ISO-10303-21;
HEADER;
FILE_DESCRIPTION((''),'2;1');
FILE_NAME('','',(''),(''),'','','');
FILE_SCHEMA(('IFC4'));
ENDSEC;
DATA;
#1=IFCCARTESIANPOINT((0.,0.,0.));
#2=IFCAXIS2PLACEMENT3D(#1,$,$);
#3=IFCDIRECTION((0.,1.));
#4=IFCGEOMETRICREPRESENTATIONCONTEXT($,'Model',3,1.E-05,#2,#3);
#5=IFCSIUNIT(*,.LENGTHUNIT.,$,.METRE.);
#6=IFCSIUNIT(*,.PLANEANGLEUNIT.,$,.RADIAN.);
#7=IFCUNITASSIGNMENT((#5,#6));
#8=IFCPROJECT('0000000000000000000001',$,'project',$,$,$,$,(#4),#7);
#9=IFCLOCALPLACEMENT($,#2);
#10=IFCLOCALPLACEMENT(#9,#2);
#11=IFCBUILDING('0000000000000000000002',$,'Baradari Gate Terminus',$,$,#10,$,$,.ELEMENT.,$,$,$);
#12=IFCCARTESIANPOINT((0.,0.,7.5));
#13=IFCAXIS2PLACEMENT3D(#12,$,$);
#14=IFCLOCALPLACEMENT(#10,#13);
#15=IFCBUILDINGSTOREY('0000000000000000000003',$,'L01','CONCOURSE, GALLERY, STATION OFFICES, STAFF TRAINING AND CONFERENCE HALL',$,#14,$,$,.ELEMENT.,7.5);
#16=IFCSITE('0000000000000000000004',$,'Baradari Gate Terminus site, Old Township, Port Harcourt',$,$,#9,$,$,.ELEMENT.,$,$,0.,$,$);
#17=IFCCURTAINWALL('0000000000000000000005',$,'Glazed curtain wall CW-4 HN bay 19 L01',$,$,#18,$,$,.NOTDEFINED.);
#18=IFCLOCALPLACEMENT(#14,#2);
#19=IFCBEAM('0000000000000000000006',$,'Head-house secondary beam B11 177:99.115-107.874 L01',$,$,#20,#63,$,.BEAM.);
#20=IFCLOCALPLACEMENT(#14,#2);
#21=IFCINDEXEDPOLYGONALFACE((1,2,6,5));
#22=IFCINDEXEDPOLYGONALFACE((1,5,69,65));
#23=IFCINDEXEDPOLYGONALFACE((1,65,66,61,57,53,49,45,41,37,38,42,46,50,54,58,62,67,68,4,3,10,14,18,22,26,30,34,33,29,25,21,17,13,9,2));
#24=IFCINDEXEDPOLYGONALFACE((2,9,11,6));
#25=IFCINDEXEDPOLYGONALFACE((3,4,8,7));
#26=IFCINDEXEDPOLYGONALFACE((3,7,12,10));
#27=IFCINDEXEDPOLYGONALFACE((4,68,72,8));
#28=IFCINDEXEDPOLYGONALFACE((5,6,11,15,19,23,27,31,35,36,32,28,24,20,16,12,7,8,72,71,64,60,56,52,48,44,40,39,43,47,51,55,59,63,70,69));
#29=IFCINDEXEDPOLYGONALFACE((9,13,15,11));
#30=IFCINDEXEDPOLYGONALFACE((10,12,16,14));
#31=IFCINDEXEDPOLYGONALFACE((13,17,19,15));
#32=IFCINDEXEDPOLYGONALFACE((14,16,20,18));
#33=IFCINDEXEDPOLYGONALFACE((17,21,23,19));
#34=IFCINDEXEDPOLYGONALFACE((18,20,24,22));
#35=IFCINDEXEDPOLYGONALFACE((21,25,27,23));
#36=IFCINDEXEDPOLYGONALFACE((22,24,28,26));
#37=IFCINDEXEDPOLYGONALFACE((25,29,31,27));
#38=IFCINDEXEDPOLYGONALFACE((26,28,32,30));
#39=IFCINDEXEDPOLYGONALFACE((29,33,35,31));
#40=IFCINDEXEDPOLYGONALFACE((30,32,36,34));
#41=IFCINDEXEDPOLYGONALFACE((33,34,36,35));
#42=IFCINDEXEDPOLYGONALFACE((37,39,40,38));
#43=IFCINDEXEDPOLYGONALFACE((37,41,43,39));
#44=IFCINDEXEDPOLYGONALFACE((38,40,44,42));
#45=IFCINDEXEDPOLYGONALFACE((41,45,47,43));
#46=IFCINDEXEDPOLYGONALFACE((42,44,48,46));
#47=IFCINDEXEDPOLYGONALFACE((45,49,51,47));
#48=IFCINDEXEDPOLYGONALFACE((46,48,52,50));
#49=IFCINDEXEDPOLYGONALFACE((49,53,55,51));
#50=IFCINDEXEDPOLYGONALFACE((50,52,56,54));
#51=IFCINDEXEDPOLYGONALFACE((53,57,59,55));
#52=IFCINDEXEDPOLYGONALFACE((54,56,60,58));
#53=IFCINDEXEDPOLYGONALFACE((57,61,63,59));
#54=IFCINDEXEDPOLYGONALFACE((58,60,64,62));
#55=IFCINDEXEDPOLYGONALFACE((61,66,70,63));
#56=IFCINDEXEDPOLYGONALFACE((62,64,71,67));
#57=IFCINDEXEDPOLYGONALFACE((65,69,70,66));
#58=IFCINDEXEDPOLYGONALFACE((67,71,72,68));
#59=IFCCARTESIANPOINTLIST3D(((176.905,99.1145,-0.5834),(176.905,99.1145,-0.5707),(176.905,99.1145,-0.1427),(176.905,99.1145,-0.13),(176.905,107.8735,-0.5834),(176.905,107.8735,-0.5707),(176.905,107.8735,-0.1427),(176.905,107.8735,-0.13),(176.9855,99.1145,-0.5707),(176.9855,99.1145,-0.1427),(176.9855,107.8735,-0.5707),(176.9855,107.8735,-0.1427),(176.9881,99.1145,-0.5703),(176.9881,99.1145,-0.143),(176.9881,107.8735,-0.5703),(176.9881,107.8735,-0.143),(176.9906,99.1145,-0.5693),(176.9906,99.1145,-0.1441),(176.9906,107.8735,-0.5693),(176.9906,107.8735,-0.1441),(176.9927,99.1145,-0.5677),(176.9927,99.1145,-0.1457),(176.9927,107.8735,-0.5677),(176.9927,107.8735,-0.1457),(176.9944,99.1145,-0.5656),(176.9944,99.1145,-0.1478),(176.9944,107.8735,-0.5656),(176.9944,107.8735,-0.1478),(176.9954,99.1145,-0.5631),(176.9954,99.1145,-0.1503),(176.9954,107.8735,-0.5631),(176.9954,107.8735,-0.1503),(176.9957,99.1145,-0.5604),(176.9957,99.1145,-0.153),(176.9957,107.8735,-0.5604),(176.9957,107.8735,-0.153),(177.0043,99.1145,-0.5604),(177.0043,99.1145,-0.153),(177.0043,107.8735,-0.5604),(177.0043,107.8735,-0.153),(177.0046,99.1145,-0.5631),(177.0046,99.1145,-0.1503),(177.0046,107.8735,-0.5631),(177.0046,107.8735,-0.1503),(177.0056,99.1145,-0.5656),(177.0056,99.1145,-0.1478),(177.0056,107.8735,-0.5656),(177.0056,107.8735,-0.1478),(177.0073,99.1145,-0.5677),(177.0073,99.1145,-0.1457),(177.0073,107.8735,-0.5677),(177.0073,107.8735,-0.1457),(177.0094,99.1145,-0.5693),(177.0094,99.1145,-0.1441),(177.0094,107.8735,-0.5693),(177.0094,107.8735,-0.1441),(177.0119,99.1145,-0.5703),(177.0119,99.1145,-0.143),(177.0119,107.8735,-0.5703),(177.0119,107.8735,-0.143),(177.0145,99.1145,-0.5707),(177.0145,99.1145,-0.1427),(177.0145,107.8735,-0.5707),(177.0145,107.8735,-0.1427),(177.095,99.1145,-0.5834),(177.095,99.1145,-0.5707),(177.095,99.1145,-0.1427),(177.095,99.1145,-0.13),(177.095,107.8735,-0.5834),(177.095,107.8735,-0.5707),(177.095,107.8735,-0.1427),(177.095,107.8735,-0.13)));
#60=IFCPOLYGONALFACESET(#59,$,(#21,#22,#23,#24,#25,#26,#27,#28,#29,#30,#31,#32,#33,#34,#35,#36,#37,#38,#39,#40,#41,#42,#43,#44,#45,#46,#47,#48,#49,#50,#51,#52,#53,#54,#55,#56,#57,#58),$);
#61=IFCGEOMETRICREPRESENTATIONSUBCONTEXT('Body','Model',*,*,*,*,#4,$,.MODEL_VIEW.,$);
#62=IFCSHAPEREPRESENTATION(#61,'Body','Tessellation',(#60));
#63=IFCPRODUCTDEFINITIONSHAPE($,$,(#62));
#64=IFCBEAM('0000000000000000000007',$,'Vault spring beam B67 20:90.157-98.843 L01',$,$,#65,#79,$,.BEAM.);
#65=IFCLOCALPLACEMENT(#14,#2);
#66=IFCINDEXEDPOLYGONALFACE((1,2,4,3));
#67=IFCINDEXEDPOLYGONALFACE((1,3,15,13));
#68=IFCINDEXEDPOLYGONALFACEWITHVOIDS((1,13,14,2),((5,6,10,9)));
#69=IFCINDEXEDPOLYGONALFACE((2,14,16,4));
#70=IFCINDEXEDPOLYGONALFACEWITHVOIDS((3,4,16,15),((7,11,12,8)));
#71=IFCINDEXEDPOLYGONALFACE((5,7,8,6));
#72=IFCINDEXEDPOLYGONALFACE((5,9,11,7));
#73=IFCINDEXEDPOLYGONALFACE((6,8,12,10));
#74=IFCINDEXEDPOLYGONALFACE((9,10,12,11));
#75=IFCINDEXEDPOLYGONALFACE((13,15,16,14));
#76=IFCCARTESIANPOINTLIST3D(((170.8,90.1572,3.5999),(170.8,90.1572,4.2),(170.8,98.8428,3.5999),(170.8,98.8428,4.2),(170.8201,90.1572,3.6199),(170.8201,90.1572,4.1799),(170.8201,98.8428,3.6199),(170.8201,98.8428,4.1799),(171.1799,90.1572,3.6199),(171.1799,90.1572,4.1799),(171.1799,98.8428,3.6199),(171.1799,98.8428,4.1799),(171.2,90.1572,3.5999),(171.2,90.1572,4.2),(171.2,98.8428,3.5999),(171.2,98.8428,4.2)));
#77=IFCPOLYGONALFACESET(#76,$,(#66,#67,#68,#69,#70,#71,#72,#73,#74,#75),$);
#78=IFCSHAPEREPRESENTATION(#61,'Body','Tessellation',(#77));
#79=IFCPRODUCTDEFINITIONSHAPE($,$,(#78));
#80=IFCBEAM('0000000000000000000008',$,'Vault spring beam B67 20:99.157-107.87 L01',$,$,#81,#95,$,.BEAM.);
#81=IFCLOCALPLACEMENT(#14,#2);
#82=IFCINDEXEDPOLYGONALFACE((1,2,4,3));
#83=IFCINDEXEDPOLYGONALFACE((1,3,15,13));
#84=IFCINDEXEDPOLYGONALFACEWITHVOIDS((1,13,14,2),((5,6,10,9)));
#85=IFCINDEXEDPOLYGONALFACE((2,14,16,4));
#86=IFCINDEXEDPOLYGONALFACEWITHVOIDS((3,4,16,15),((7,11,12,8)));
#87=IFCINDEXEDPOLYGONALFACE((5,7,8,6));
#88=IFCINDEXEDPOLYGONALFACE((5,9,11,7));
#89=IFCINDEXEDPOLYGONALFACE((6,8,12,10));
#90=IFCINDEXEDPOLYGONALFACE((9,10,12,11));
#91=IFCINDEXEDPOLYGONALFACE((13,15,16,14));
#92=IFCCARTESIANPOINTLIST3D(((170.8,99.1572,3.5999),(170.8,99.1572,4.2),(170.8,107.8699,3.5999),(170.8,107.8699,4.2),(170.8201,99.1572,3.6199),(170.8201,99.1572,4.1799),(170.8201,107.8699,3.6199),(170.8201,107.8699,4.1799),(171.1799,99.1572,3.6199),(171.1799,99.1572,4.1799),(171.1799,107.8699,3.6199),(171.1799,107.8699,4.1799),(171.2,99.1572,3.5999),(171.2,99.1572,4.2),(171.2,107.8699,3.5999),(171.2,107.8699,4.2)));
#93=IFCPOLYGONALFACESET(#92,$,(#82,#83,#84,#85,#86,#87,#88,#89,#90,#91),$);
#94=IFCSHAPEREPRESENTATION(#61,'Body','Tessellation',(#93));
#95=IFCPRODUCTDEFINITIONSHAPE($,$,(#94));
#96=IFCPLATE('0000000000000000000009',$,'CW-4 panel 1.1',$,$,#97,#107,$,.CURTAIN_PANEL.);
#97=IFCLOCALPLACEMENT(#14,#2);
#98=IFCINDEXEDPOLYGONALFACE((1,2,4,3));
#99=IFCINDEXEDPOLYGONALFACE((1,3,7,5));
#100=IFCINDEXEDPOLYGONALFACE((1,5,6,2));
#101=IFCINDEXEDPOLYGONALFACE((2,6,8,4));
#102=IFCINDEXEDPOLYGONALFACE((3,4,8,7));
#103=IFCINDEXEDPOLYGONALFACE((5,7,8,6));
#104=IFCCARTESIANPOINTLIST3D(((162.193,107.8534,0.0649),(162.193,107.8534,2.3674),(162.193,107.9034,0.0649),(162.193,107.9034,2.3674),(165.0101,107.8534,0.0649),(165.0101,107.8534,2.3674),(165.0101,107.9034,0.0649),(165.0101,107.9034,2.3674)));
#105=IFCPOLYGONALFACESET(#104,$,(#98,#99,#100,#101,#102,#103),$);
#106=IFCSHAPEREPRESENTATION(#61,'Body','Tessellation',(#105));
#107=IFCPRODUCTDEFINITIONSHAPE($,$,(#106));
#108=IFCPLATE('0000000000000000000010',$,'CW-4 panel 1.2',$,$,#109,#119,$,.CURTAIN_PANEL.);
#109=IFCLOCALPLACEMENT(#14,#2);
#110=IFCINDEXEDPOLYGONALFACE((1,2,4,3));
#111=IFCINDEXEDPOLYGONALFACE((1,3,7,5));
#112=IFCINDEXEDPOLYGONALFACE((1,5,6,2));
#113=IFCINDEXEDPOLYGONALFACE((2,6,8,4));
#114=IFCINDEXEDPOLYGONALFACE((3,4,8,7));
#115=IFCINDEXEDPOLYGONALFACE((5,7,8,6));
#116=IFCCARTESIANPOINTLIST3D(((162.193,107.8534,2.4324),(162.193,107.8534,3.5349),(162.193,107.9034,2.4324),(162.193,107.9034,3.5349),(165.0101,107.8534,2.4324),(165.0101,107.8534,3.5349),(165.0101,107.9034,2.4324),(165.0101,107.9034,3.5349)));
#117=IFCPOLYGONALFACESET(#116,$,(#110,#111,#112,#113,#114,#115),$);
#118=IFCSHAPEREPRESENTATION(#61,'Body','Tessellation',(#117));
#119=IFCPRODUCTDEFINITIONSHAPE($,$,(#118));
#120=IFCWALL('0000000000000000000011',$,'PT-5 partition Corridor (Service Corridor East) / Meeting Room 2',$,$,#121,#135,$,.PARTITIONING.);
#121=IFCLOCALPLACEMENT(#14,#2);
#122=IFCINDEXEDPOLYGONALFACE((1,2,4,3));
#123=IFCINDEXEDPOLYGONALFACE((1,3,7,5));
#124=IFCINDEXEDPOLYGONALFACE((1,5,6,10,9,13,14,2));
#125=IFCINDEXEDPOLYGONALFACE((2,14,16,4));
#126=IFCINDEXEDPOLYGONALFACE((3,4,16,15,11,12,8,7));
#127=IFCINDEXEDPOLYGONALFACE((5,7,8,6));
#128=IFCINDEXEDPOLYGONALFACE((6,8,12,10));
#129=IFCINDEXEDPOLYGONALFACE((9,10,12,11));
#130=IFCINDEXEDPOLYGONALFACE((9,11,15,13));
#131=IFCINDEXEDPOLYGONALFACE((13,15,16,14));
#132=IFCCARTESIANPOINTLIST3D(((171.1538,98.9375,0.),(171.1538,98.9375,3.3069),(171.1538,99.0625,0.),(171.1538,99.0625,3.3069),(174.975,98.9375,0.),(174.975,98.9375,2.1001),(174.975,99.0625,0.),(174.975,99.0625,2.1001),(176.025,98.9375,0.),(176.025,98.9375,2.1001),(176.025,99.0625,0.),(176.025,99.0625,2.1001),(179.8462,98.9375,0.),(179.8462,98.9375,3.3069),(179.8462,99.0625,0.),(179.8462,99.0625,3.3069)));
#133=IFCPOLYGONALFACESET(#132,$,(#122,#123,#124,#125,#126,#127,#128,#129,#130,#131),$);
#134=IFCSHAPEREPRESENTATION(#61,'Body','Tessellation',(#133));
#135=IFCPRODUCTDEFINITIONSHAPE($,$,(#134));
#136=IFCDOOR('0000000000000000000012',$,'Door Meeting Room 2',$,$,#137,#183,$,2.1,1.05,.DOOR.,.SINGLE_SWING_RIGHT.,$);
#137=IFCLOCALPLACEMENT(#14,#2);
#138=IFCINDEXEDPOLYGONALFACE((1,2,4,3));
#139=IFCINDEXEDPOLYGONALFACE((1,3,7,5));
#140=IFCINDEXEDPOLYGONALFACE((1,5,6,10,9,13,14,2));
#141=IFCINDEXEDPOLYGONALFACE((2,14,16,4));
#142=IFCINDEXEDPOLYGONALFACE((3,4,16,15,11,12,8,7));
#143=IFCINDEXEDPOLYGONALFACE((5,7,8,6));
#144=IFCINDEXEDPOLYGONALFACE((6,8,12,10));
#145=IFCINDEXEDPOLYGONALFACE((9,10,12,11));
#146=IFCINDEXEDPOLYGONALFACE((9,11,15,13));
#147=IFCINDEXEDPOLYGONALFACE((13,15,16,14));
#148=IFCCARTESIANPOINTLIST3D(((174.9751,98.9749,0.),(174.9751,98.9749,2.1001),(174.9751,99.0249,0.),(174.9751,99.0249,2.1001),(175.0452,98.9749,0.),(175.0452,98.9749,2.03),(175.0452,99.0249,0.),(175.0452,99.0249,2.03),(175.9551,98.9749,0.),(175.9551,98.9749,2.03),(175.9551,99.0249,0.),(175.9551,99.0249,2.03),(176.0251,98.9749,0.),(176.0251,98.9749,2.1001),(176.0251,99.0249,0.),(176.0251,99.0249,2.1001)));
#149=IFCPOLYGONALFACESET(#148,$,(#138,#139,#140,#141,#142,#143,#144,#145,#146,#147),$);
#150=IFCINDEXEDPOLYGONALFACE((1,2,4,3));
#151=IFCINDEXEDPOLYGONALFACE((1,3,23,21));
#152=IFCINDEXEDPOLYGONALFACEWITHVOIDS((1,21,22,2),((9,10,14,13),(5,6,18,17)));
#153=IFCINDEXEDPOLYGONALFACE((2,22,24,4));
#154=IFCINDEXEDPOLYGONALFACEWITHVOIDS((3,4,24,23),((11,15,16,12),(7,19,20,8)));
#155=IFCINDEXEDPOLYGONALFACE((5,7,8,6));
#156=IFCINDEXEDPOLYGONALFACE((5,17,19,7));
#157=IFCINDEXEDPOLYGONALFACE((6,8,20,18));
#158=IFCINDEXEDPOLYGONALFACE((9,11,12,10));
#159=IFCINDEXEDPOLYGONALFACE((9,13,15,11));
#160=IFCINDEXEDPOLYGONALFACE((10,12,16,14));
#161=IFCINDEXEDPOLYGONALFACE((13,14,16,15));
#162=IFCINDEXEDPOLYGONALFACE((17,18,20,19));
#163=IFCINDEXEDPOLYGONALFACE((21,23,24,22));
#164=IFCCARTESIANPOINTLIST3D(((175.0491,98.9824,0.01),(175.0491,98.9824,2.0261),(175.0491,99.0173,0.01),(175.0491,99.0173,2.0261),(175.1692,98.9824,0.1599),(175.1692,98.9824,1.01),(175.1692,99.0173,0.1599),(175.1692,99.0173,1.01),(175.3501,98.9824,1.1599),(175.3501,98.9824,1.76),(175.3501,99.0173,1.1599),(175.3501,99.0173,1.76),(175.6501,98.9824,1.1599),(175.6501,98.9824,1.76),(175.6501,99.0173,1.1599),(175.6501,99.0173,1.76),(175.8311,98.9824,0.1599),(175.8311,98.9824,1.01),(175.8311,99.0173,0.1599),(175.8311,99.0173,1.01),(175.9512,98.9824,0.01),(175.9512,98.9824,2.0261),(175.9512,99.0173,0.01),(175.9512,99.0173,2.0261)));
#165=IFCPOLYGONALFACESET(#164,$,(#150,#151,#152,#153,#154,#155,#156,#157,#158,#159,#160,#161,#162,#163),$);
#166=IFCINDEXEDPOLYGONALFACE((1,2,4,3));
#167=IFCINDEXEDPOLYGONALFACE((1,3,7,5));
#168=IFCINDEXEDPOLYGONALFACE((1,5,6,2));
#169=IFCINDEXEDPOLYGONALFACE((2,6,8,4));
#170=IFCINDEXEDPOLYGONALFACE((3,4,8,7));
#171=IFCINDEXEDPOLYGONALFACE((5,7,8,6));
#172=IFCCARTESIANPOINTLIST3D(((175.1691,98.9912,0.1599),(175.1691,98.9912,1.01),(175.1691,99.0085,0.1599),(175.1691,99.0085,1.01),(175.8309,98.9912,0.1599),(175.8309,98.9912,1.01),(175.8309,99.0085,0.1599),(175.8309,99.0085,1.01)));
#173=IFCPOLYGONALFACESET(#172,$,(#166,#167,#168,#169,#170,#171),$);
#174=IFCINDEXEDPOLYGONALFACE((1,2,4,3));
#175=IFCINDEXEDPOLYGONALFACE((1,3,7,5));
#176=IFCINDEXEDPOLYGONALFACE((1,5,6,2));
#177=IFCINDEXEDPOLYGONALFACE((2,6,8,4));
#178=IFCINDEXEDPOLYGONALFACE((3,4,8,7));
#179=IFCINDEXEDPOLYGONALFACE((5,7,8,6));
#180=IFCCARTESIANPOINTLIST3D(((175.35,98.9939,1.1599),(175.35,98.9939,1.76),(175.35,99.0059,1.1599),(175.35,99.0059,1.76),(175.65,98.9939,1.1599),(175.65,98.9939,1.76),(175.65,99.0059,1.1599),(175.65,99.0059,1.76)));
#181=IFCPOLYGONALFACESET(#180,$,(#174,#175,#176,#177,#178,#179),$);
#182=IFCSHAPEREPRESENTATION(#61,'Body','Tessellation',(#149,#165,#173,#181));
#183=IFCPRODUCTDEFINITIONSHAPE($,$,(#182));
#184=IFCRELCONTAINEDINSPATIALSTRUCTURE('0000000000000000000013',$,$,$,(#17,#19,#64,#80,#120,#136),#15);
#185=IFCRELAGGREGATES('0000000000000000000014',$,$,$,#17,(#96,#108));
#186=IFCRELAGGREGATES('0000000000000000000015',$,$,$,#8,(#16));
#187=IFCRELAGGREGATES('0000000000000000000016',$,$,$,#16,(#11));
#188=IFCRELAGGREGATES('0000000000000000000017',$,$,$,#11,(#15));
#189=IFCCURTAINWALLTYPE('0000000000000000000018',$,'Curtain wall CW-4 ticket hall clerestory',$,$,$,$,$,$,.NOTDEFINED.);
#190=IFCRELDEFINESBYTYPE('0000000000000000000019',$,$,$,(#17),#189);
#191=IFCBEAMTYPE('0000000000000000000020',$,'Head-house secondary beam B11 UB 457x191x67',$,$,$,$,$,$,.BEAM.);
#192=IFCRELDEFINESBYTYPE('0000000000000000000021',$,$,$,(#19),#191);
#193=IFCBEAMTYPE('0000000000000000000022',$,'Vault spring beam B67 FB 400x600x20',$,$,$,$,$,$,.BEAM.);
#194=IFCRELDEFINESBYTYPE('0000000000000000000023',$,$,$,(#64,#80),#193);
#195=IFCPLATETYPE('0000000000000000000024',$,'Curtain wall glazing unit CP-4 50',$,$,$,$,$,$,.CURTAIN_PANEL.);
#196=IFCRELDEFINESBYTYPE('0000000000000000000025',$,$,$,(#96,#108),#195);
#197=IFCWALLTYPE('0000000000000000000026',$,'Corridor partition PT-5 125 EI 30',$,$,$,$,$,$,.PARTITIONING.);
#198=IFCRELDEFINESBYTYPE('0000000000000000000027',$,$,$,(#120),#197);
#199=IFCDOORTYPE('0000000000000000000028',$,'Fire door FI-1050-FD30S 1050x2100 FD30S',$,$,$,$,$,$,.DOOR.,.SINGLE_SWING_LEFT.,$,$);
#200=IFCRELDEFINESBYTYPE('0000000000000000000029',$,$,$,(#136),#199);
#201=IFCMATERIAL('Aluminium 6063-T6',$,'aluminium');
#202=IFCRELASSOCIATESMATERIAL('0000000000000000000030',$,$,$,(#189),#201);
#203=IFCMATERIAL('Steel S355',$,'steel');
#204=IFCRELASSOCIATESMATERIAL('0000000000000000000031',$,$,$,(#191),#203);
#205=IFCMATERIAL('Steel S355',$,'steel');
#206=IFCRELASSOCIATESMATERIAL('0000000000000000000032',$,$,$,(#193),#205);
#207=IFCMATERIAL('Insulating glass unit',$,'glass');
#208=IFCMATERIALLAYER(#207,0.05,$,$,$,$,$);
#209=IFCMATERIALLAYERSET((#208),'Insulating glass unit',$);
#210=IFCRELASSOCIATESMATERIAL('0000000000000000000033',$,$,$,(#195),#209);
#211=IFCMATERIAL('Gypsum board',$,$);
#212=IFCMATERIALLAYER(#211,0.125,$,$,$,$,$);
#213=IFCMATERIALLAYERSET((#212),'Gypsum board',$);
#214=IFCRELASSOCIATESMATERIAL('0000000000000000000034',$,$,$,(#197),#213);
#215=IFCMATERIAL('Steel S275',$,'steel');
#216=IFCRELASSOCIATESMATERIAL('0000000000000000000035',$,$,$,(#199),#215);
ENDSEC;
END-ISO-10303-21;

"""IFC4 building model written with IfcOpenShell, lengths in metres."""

from ifc_helpers import new_model, si_unit, direction, frame, frame_2d, origin, origin_2d, place, context, subcontext, project, spatial, polyline, rectangle, hollow_rectangle, i_section, outline, extrude, material, layer, layer_set, material_profile, profile_set, type_object, element, fill, aggregate, save


model = new_model("IFC4")

# Units and contexts
model_context = context("Model", 3, precision=1e-05, world=origin(), true_north=direction((0.0, 1.0)))
body_context = subcontext(model_context, "Body", "Model", "MODEL_VIEW")
ifc_project = project(units=[si_unit("LENGTHUNIT", "METRE"), si_unit("PLANEANGLEUNIT", "RADIAN")], contexts=[model_context])

# Site, building, storey
site_placement = place(None, origin())
site = spatial("IfcSite", under=ifc_project, at=site_placement, Name="Baradari Gate Terminus site, Old Township, Port Harcourt", CompositionType="ELEMENT", RefElevation=0.0)
building_placement = place(site_placement, origin())
building = spatial("IfcBuilding", under=site, at=building_placement, Name="Baradari Gate Terminus", CompositionType="ELEMENT")
storey_placement = place(building_placement, frame((0.0, 0.0, 7.5)))
storey = spatial("IfcBuildingStorey", under=building, at=storey_placement, Name="L01", Description="CONCOURSE, GALLERY, STATION OFFICES, STAFF TRAINING AND CONFERENCE HALL", CompositionType="ELEMENT", Elevation=7.5)

# Curtain wall
ifc_material_1 = material(Name="Aluminium 6063-T6", Category="aluminium")
curtain_wall_type = type_object("IfcCurtainWallType", Name="Curtain wall CW-4 ticket hall clerestory", PredefinedType="NOTDEFINED", material=ifc_material_1)
curtain_wall_placement = place(storey_placement, origin())
curtain_wall = element("IfcCurtainWall", 1, at=curtain_wall_placement, inside=storey, type_object=curtain_wall_type, Name="Glazed curtain wall CW-4 HN bay 19 L01", PredefinedType="NOTDEFINED")

# Beams
ifc_material_2 = material(Name="Steel S355", Category="steel")
ifc_material_profile_1 = material_profile(ifc_material_2, i_section(OverallWidth=0.1899, OverallDepth=0.4534, WebThickness=0.0085, FlangeThickness=0.0127, FilletRadius=0.0103, at=origin_2d()), Name="UB 457x191x67")
ifc_profile_set_1 = profile_set([ifc_material_profile_1], Name="Steel S355")
beam_type_1 = type_object("IfcBeamType", Name="Head-house secondary beam B11 UB 457x191x67", PredefinedType="BEAM", material=ifc_profile_set_1)
beam_1_placement = place(storey_placement, frame((177.0, 99.1145, -0.3567), z_axis=(0.0, 1.0, 0.0), x_axis=(-1.0, 0.0, 0.0)))
element("IfcBeam", 2, at=beam_1_placement, inside=storey, type_object=beam_type_1, Name="Head-house secondary beam B11 177:99.115-107.874 L01", PredefinedType="BEAM", context=body_context, shape_type="SweptSolid", body=[
    extrude(i_section(OverallWidth=0.1899, OverallDepth=0.4534, WebThickness=0.0085, FlangeThickness=0.0127, FilletRadius=0.0103, at=origin_2d()), origin(), (0.0, 0.0, 1.0), 8.759),
])
ifc_material_3 = material(Name="Steel S355", Category="steel")
ifc_material_profile_2 = material_profile(ifc_material_3, hollow_rectangle(XDim=0.3999, YDim=0.6001, WallThickness=0.02, at=origin_2d()), Name="FB 400x600x20")
ifc_profile_set_2 = profile_set([ifc_material_profile_2], Name="Steel S355")
beam_type_2 = type_object("IfcBeamType", Name="Vault spring beam B67 FB 400x600x20", PredefinedType="BEAM", material=ifc_profile_set_2)
beam_2_placement = place(storey_placement, frame((171.0, 90.1572, 3.8999), z_axis=(0.0, 1.0, 0.0), x_axis=(-1.0, 0.0, 0.0)))
element("IfcBeam", 3, at=beam_2_placement, inside=storey, type_object=beam_type_2, Name="Vault spring beam B67 20:90.157-98.843 L01", PredefinedType="BEAM", context=body_context, shape_type="SweptSolid", body=[
    extrude(hollow_rectangle(XDim=0.3999, YDim=0.6001, WallThickness=0.02, at=origin_2d()), origin(), (0.0, 0.0, 1.0), 8.6855),
])
beam_3_placement = place(storey_placement, frame((171.0, 99.1572, 3.8999), z_axis=(0.0, 1.0, 0.0), x_axis=(-1.0, 0.0, 0.0)))
element("IfcBeam", 4, at=beam_3_placement, inside=storey, type_object=beam_type_2, Name="Vault spring beam B67 20:99.157-107.87 L01", PredefinedType="BEAM", context=body_context, shape_type="SweptSolid", body=[
    extrude(hollow_rectangle(XDim=0.3999, YDim=0.6001, WallThickness=0.02, at=origin_2d()), origin(), (0.0, 0.0, 1.0), 8.7126),
])

# Plates
ifc_material_4 = material(Name="Insulating glass unit", Category="glass")
ifc_layer_1 = layer(ifc_material_4, 0.05)
ifc_layer_set_1 = layer_set([ifc_layer_1], Name="Insulating glass unit")
plate_type = type_object("IfcPlateType", Name="Curtain wall glazing unit CP-4 50", PredefinedType="CURTAIN_PANEL", material=ifc_layer_set_1)
plate_1_placement = place(storey_placement, frame((163.6016, 107.8784, 0.0649), z_axis=(0.0, 0.0, 1.0), x_axis=(1.0, 0.0, 0.0)))
plate_1 = element("IfcPlate", 5, at=plate_1_placement, type_object=plate_type, Name="CW-4 panel 1.1", PredefinedType="CURTAIN_PANEL", context=body_context, shape_type="SweptSolid", body=[
    extrude(rectangle(XDim=2.8171, YDim=0.05, at=origin_2d()), origin(), (0.0, 0.0, 1.0), 2.3025),
])
plate_2_placement = place(storey_placement, frame((163.6016, 107.8784, 2.4324), z_axis=(0.0, 0.0, 1.0), x_axis=(1.0, 0.0, 0.0)))
plate_2 = element("IfcPlate", 6, at=plate_2_placement, type_object=plate_type, Name="CW-4 panel 1.2", PredefinedType="CURTAIN_PANEL", context=body_context, shape_type="SweptSolid", body=[
    extrude(rectangle(XDim=2.8171, YDim=0.05, at=origin_2d()), origin(), (0.0, 0.0, 1.0), 1.1025),
])
aggregate(curtain_wall, [plate_1, plate_2])

# Wall, opening, door
ifc_material_5 = material(Name="Gypsum board")
ifc_layer_2 = layer(ifc_material_5, 0.125)
ifc_layer_set_2 = layer_set([ifc_layer_2], Name="Gypsum board")
wall_type = type_object("IfcWallType", Name="Corridor partition PT-5 125 EI 30", PredefinedType="PARTITIONING", material=ifc_layer_set_2)
wall_placement = place(storey_placement, frame((171.1538, 99.0, 0.0), z_axis=(0.0, 0.0, 1.0), x_axis=(1.0, 0.0, 0.0)))
wall = element("IfcWall", 7, at=wall_placement, inside=storey, type_object=wall_type, Name="PT-5 partition Corridor (Service Corridor East) / Meeting Room 2", PredefinedType="PARTITIONING", context=body_context, shape_type="SweptSolid", body=[
    extrude(rectangle(XDim=8.6924, YDim=0.125, at=frame_2d((4.3462, 0.0))), origin(), (0.0, 0.0, 1.0), 3.3069),
])
opening_placement = place(wall_placement, frame((3.8213, 0.0, 0.0)))
opening = element("IfcOpeningElement", 8, at=opening_placement, cuts=wall, PredefinedType="OPENING", context=body_context, shape_type="SweptSolid", body=[
    extrude(rectangle(XDim=1.05, YDim=2.1001, at=frame_2d((0.5249, 1.05))), frame((0.0, 0.0725, 0.0), z_axis=(0.0, -1.0, 0.0), x_axis=(1.0, 0.0, 0.0)), (0.0, 0.0, 1.0), 0.145),
])
ifc_material_6 = material(Name="Steel S275", Category="steel")
door_type = type_object("IfcDoorType", Name="Fire door FI-1050-FD30S 1050x2100 FD30S", OperationType="SINGLE_SWING_LEFT", PredefinedType="DOOR", material=ifc_material_6)
door_placement = place(opening_placement, origin())
door = element("IfcDoor", 9, at=door_placement, inside=storey, type_object=door_type, Name="Door Meeting Room 2", OperationType="SINGLE_SWING_RIGHT", OverallHeight=2.1, OverallWidth=1.05, PredefinedType="DOOR", context=body_context, shape_type="SweptSolid", body=[
    extrude(outline(polyline([(0.0, 0.0), (0.0701, 0.0), (0.0701, 2.03), (0.98, 2.03), (0.98, 0.0), (1.05, 0.0), (1.05, 2.1001), (0.0, 2.1001), (0.0, 0.0)])), frame((0.0, 0.0249, 0.0), z_axis=(0.0, -1.0, 0.0), x_axis=(1.0, 0.0, 0.0)), (0.0, 0.0, 1.0), 0.05),
    extrude(outline(polyline([(0.074, 0.01), (0.9761, 0.01), (0.9761, 2.0261), (0.074, 2.0261), (0.074, 0.01)]), holes=[polyline([(0.1941, 0.1599), (0.856, 0.1599), (0.856, 1.01), (0.1941, 1.01), (0.1941, 0.1599)]), polyline([(0.375, 1.1599), (0.675, 1.1599), (0.675, 1.76), (0.375, 1.76), (0.375, 1.1599)])]), frame((0.0, 0.0173, 0.0), z_axis=(0.0, -1.0, 0.0), x_axis=(1.0, 0.0, 0.0)), (0.0, 0.0, 1.0), 0.0349),
    extrude(rectangle(XDim=0.6619, YDim=0.8501, at=frame_2d((0.5249, 0.585))), frame((0.0, 0.0085, 0.0), z_axis=(0.0, -1.0, 0.0), x_axis=(1.0, 0.0, 0.0)), (0.0, 0.0, 1.0), 0.0173),
    extrude(rectangle(XDim=0.3, YDim=0.6001, at=frame_2d((0.5249, 1.46))), frame((0.0, 0.0059, 0.0), z_axis=(0.0, -1.0, 0.0), x_axis=(1.0, 0.0, 0.0)), (0.0, 0.0, 1.0), 0.012),
])
fill(opening, door)

save(model, "model.ifc")
